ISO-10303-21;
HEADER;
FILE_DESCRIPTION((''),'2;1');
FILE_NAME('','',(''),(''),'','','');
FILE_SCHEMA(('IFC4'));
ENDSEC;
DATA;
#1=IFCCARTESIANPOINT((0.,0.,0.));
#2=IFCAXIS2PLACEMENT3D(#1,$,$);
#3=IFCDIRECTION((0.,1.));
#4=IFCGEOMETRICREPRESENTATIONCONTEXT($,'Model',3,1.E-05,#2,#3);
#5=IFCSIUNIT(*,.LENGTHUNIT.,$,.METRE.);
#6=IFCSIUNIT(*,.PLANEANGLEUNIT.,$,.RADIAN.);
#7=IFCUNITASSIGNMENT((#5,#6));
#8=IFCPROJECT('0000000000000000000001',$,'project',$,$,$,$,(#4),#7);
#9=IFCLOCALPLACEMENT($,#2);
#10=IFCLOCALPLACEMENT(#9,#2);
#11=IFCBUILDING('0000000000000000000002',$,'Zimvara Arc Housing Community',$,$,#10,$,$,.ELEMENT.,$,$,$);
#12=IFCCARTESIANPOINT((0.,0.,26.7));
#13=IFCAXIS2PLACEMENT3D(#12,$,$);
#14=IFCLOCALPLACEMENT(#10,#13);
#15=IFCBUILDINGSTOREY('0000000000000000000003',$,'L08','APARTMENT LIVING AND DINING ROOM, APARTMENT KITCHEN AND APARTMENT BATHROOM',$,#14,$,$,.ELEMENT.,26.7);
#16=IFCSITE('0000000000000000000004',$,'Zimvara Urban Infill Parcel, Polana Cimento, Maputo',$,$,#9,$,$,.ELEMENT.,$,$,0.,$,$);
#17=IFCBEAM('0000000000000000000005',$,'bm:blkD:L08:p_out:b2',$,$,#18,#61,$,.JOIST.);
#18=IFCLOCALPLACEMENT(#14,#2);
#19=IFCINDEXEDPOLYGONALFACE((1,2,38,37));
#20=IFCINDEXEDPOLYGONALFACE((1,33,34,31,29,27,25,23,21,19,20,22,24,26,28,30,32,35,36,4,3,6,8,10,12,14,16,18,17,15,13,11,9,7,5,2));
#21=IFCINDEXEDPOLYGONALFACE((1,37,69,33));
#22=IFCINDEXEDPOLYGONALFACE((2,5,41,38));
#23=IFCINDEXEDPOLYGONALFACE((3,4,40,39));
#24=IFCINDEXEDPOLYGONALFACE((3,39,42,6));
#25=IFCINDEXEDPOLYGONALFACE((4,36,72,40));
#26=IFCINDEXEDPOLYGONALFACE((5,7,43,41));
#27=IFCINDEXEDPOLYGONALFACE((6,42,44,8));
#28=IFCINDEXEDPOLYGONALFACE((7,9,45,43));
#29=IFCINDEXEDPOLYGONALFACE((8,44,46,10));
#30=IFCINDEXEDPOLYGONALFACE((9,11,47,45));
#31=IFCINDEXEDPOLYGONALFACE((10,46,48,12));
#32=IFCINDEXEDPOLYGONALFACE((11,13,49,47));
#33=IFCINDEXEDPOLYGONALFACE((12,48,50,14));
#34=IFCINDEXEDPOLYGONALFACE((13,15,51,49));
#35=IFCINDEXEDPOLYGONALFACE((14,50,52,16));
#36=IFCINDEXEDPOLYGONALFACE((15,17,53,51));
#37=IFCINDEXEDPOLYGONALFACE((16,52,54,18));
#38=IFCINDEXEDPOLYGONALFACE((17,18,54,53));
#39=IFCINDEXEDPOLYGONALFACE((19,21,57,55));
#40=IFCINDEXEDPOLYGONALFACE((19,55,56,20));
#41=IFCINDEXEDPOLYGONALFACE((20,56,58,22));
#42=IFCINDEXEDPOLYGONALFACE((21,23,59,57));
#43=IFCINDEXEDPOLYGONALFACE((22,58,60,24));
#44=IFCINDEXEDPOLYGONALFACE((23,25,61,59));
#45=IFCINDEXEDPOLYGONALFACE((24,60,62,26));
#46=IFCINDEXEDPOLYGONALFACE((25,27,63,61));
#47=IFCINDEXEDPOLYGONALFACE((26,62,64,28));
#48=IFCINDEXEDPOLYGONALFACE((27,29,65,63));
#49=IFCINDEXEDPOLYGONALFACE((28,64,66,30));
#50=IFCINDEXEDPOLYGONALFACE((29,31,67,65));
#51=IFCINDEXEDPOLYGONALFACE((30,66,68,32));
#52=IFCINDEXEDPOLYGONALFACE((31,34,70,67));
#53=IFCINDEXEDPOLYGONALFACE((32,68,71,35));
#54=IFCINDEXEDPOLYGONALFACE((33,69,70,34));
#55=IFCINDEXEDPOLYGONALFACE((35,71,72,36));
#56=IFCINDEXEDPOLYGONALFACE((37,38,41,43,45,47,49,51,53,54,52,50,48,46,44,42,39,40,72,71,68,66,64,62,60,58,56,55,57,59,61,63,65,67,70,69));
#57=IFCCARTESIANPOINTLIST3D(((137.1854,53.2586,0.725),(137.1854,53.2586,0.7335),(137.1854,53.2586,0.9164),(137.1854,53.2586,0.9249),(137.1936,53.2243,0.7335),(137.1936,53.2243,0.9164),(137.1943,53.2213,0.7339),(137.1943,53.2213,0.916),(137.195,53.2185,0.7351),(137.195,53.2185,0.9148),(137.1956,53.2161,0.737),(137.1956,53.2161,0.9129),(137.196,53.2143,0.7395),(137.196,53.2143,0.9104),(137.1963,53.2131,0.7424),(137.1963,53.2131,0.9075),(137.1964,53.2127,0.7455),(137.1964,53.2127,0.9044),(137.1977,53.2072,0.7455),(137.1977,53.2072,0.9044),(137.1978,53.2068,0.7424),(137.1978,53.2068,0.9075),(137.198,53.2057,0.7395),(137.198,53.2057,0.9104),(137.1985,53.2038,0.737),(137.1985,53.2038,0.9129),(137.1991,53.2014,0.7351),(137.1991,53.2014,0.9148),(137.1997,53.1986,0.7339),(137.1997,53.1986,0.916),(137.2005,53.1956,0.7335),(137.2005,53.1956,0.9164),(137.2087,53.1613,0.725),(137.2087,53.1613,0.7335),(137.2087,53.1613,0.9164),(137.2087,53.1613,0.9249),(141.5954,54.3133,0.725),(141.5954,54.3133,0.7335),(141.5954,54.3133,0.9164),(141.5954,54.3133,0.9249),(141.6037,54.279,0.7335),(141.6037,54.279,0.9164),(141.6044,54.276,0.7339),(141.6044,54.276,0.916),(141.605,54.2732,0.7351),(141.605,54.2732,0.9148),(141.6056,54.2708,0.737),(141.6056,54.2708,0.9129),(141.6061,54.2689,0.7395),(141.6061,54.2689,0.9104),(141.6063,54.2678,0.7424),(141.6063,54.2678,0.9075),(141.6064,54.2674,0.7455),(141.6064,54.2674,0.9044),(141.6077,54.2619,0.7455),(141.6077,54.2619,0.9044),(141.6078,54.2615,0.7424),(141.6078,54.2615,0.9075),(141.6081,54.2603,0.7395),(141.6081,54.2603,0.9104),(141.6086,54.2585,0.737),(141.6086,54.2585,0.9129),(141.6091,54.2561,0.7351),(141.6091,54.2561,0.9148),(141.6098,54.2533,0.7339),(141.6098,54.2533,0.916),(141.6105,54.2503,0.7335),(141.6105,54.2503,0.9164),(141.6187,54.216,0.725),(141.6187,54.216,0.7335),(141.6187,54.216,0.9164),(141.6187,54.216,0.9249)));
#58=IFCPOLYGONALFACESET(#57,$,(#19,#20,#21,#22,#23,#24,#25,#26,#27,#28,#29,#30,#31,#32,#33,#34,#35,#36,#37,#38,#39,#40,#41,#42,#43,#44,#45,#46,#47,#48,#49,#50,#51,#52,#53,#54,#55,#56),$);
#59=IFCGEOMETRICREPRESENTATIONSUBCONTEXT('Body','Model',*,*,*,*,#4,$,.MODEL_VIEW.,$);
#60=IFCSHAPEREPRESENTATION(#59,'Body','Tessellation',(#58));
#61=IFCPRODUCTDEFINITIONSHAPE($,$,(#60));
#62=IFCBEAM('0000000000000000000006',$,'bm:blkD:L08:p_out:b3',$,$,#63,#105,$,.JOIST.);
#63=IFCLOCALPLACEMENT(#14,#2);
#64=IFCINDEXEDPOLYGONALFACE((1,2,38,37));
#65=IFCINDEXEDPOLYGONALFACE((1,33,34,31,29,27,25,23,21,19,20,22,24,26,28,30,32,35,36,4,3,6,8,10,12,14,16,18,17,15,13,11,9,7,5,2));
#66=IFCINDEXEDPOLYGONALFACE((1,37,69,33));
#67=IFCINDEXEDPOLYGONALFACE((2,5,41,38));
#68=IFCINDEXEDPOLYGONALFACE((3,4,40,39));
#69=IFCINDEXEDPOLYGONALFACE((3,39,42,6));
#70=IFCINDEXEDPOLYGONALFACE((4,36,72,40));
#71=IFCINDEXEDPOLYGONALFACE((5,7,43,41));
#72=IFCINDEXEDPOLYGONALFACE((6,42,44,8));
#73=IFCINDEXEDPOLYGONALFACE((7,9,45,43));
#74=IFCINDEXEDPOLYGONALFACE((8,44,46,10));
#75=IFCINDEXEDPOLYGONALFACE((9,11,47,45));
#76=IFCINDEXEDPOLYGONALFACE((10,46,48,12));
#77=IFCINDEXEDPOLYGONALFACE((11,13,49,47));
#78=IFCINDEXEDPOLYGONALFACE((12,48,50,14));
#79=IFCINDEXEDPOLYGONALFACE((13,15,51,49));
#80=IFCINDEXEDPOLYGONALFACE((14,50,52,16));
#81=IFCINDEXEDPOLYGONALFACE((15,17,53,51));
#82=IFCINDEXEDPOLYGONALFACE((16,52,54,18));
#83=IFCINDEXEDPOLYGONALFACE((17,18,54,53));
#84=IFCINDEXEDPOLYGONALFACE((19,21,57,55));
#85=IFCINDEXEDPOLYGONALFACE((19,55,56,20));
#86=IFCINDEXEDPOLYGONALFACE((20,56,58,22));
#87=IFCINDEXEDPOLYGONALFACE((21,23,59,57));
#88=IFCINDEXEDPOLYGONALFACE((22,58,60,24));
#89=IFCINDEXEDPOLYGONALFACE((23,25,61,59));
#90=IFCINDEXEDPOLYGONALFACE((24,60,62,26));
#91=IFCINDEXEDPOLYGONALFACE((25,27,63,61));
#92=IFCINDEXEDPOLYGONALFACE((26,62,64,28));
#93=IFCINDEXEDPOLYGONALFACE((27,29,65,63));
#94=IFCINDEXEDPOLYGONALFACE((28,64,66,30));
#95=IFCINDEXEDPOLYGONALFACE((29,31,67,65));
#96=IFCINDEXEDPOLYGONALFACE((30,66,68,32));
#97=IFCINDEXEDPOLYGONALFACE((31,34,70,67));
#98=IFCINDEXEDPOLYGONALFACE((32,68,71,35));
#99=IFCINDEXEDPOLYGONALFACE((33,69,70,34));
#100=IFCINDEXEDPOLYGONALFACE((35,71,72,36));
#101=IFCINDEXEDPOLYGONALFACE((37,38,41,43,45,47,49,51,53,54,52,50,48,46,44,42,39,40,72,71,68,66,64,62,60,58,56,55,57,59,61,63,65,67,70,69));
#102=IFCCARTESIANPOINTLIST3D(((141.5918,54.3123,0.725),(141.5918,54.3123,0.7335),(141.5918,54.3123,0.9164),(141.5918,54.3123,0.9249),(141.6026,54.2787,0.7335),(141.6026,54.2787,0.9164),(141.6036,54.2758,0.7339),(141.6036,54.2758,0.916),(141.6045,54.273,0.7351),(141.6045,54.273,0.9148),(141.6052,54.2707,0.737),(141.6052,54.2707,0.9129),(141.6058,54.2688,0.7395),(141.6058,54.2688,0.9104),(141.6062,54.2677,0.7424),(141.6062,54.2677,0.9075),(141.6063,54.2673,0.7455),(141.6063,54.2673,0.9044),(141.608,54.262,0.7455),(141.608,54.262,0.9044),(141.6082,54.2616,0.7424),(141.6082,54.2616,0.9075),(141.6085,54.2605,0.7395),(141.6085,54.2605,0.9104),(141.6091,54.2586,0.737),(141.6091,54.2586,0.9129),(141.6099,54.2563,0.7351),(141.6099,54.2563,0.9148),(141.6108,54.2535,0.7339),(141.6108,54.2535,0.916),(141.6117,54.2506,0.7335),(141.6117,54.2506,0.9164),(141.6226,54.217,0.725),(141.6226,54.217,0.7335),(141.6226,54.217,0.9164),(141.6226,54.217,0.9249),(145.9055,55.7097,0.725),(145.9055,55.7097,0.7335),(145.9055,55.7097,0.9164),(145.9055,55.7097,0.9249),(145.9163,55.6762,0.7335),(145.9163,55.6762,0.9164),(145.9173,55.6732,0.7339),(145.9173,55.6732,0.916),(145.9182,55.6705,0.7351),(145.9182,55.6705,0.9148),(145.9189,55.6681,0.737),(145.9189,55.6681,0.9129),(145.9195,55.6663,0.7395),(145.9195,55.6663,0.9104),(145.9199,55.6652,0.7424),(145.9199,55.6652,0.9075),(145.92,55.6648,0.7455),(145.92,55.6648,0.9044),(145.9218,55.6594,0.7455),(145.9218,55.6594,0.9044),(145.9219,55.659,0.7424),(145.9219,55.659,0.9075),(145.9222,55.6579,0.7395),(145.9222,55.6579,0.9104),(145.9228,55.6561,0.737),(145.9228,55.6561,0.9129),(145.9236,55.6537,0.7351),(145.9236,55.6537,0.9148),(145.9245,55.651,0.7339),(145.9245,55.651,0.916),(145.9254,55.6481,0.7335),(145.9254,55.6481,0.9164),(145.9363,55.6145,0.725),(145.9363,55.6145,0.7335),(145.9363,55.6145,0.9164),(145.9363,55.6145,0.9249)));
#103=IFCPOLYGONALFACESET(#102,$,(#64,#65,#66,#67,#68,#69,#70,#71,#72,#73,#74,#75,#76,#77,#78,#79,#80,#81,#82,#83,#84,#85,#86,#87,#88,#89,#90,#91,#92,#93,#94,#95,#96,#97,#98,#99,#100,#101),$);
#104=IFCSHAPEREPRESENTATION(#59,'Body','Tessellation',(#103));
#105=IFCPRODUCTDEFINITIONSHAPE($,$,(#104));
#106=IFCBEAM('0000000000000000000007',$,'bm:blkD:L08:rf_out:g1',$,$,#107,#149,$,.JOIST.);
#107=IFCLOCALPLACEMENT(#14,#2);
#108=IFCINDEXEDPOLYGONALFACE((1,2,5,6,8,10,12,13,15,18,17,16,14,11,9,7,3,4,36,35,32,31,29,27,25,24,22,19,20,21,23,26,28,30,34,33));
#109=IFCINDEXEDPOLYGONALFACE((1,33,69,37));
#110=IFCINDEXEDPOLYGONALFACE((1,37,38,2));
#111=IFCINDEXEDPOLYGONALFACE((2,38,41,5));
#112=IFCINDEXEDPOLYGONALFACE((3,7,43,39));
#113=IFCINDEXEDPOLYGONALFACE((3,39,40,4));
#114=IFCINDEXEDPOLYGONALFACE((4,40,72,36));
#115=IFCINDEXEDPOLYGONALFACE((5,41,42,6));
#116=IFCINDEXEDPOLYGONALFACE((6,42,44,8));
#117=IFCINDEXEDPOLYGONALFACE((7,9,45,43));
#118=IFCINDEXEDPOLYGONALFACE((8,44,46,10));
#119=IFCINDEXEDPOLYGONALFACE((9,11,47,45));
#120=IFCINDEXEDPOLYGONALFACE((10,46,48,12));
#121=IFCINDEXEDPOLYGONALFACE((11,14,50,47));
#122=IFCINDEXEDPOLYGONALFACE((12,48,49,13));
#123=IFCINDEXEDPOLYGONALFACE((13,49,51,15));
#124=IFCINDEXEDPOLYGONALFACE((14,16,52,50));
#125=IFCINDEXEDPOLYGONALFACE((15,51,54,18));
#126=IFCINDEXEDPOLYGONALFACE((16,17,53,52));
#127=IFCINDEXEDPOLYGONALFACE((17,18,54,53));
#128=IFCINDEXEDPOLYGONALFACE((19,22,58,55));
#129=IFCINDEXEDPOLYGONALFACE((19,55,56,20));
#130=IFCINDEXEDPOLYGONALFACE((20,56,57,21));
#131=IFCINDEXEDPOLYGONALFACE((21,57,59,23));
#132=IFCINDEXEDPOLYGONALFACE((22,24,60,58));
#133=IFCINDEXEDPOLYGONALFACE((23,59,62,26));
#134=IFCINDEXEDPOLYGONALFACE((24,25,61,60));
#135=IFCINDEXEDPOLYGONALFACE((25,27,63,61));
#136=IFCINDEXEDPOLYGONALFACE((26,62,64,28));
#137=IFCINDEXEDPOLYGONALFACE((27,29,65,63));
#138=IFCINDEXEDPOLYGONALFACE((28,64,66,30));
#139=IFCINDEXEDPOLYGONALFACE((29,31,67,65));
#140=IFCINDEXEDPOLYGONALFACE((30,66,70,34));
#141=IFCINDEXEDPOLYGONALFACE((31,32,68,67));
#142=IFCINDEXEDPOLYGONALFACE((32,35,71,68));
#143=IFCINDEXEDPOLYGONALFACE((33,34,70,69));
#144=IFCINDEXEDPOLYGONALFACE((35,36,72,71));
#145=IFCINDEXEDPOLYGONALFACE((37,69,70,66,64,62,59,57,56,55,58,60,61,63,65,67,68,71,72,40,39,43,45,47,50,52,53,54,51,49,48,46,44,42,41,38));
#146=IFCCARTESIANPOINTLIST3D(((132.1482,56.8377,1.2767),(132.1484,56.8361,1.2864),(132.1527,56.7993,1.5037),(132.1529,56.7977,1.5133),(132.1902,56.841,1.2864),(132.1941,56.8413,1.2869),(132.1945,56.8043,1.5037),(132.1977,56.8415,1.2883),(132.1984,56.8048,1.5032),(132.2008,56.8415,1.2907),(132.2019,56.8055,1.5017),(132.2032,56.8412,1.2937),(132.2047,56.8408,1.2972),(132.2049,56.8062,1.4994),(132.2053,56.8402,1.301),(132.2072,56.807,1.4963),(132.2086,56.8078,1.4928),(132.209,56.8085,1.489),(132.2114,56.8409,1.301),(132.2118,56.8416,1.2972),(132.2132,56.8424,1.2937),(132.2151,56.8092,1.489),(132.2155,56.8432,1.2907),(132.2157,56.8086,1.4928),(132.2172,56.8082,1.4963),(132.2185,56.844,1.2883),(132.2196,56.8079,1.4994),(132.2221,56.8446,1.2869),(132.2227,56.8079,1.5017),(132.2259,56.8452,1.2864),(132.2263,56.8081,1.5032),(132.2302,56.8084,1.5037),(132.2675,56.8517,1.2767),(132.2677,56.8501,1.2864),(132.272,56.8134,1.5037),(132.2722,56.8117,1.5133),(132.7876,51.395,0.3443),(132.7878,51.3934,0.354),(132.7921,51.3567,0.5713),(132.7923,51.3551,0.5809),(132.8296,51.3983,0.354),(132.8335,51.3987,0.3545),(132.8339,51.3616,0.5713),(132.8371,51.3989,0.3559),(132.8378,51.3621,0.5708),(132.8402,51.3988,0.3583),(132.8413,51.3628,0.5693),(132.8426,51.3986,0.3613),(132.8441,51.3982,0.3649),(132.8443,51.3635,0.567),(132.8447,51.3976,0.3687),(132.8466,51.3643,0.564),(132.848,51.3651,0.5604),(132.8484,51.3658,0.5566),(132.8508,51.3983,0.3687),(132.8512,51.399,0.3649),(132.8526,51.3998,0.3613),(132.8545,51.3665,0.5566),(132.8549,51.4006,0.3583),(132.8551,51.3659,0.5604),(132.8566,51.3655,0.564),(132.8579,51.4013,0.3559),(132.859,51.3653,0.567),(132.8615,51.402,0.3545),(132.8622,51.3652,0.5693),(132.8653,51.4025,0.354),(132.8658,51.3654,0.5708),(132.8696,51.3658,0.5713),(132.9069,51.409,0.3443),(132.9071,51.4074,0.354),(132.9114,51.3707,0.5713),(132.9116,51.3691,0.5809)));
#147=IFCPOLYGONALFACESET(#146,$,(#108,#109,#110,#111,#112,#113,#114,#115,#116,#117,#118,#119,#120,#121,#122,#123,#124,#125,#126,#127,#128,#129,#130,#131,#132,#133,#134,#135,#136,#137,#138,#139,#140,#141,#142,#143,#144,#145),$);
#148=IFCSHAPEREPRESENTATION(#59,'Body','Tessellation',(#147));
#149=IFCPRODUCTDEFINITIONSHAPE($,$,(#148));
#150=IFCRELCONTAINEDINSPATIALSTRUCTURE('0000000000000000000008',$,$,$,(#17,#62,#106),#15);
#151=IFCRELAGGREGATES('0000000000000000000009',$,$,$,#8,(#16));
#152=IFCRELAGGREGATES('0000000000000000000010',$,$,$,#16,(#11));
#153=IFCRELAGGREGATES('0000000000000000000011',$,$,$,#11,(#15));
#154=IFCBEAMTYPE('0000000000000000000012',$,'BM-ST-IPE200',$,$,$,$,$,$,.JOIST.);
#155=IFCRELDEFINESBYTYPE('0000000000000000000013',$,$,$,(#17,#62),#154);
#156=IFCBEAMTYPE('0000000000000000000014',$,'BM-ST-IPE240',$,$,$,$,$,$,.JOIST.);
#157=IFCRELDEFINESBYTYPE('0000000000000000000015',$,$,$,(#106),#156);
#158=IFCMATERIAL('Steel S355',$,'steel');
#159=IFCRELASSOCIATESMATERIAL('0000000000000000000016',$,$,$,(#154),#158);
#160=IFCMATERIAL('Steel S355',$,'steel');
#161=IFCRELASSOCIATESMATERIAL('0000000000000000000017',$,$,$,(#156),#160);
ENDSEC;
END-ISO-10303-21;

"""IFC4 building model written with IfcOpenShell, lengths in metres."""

from ifc_helpers import new_model, si_unit, direction, frame, origin, origin_2d, place, context, subcontext, project, spatial, i_section, extrude, material, material_profile, profile_set, type_object, element, save


model = new_model("IFC4")

# Units and contexts
model_context = context("Model", 3, precision=1e-05, world=origin(), true_north=direction((0.0, 1.0)))
body_context = subcontext(model_context, "Body", "Model", "MODEL_VIEW")
ifc_project = project(units=[si_unit("LENGTHUNIT", "METRE"), si_unit("PLANEANGLEUNIT", "RADIAN")], contexts=[model_context])

# Site, building, storey
site_placement = place(None, origin())
site = spatial("IfcSite", under=ifc_project, at=site_placement, Name="Zimvara Urban Infill Parcel, Polana Cimento, Maputo", CompositionType="ELEMENT", RefElevation=0.0)
building_placement = place(site_placement, origin())
building = spatial("IfcBuilding", under=site, at=building_placement, Name="Zimvara Arc Housing Community", CompositionType="ELEMENT")
storey_placement = place(building_placement, frame((0.0, 0.0, 26.7)))
storey = spatial("IfcBuildingStorey", under=building, at=storey_placement, Name="L08", Description="APARTMENT LIVING AND DINING ROOM, APARTMENT KITCHEN AND APARTMENT BATHROOM", CompositionType="ELEMENT", Elevation=26.7)

# Beams
ifc_material_1 = material(Name="Steel S355", Category="steel")
ifc_material_profile_1 = material_profile(ifc_material_1, i_section(OverallWidth=0.1001, OverallDepth=0.2, WebThickness=0.0056, FlangeThickness=0.0085, FilletRadius=0.012, at=origin_2d()), Name="IPE 200")
ifc_profile_set_1 = profile_set([ifc_material_profile_1], Name="Steel S355")
beam_type_1 = type_object("IfcBeamType", Name="BM-ST-IPE200", PredefinedType="JOIST", material=ifc_profile_set_1)
for number, where, z_axis, x_axis, name in (
    (1, (137.197, 53.21, 0.825), (0.972575, 0.232591, 0.0), (-0.232591, 0.972575, 0.0), "bm:blkD:L08:p_out:b2"),
    (2, (141.6072, 54.2646, 0.825), (0.951325, 0.308189, 0.0), (-0.308189, 0.951325, 0.0), "bm:blkD:L08:p_out:b3"),
):
    element("IfcBeam", number, at=place(storey_placement, frame(where, z_axis=z_axis, x_axis=x_axis)), inside=storey, type_object=beam_type_1, Name=name, PredefinedType="JOIST", context=body_context, shape_type="SweptSolid", body=[
        extrude(i_section(OverallWidth=0.1001, OverallDepth=0.2, WebThickness=0.0056, FlangeThickness=0.0085, FilletRadius=0.012, at=origin_2d()), origin(), (0.0, 0.0, 1.0), 4.5344),
    ])
ifc_material_2 = material(Name="Steel S355", Category="steel")
ifc_material_profile_2 = material_profile(ifc_material_2, i_section(OverallWidth=0.1201, OverallDepth=0.24, WebThickness=0.0061, FlangeThickness=0.0098, FilletRadius=0.0149, at=origin_2d()), Name="IPE 240")
ifc_profile_set_2 = profile_set([ifc_material_profile_2], Name="Steel S355")
beam_type_2 = type_object("IfcBeamType", Name="BM-ST-IPE240", PredefinedType="JOIST", material=ifc_profile_set_2)
beam_1_placement = place(storey_placement, frame((132.2102, 56.8247, 1.395), z_axis=(0.115025, -0.9791, -0.167729), x_axis=(0.99317, 0.116678, 0.0)))
element("IfcBeam", 3, at=beam_1_placement, inside=storey, type_object=beam_type_2, Name="bm:blkD:L08:rf_out:g1", PredefinedType="JOIST", context=body_context, shape_type="SweptSolid", body=[
    extrude(i_section(OverallWidth=0.1201, OverallDepth=0.24, WebThickness=0.0061, FlangeThickness=0.0098, FilletRadius=0.0149, at=origin_2d()), origin(), (0.0, 0.0, 1.0), 5.5588),
])

save(model, "model.ifc")
